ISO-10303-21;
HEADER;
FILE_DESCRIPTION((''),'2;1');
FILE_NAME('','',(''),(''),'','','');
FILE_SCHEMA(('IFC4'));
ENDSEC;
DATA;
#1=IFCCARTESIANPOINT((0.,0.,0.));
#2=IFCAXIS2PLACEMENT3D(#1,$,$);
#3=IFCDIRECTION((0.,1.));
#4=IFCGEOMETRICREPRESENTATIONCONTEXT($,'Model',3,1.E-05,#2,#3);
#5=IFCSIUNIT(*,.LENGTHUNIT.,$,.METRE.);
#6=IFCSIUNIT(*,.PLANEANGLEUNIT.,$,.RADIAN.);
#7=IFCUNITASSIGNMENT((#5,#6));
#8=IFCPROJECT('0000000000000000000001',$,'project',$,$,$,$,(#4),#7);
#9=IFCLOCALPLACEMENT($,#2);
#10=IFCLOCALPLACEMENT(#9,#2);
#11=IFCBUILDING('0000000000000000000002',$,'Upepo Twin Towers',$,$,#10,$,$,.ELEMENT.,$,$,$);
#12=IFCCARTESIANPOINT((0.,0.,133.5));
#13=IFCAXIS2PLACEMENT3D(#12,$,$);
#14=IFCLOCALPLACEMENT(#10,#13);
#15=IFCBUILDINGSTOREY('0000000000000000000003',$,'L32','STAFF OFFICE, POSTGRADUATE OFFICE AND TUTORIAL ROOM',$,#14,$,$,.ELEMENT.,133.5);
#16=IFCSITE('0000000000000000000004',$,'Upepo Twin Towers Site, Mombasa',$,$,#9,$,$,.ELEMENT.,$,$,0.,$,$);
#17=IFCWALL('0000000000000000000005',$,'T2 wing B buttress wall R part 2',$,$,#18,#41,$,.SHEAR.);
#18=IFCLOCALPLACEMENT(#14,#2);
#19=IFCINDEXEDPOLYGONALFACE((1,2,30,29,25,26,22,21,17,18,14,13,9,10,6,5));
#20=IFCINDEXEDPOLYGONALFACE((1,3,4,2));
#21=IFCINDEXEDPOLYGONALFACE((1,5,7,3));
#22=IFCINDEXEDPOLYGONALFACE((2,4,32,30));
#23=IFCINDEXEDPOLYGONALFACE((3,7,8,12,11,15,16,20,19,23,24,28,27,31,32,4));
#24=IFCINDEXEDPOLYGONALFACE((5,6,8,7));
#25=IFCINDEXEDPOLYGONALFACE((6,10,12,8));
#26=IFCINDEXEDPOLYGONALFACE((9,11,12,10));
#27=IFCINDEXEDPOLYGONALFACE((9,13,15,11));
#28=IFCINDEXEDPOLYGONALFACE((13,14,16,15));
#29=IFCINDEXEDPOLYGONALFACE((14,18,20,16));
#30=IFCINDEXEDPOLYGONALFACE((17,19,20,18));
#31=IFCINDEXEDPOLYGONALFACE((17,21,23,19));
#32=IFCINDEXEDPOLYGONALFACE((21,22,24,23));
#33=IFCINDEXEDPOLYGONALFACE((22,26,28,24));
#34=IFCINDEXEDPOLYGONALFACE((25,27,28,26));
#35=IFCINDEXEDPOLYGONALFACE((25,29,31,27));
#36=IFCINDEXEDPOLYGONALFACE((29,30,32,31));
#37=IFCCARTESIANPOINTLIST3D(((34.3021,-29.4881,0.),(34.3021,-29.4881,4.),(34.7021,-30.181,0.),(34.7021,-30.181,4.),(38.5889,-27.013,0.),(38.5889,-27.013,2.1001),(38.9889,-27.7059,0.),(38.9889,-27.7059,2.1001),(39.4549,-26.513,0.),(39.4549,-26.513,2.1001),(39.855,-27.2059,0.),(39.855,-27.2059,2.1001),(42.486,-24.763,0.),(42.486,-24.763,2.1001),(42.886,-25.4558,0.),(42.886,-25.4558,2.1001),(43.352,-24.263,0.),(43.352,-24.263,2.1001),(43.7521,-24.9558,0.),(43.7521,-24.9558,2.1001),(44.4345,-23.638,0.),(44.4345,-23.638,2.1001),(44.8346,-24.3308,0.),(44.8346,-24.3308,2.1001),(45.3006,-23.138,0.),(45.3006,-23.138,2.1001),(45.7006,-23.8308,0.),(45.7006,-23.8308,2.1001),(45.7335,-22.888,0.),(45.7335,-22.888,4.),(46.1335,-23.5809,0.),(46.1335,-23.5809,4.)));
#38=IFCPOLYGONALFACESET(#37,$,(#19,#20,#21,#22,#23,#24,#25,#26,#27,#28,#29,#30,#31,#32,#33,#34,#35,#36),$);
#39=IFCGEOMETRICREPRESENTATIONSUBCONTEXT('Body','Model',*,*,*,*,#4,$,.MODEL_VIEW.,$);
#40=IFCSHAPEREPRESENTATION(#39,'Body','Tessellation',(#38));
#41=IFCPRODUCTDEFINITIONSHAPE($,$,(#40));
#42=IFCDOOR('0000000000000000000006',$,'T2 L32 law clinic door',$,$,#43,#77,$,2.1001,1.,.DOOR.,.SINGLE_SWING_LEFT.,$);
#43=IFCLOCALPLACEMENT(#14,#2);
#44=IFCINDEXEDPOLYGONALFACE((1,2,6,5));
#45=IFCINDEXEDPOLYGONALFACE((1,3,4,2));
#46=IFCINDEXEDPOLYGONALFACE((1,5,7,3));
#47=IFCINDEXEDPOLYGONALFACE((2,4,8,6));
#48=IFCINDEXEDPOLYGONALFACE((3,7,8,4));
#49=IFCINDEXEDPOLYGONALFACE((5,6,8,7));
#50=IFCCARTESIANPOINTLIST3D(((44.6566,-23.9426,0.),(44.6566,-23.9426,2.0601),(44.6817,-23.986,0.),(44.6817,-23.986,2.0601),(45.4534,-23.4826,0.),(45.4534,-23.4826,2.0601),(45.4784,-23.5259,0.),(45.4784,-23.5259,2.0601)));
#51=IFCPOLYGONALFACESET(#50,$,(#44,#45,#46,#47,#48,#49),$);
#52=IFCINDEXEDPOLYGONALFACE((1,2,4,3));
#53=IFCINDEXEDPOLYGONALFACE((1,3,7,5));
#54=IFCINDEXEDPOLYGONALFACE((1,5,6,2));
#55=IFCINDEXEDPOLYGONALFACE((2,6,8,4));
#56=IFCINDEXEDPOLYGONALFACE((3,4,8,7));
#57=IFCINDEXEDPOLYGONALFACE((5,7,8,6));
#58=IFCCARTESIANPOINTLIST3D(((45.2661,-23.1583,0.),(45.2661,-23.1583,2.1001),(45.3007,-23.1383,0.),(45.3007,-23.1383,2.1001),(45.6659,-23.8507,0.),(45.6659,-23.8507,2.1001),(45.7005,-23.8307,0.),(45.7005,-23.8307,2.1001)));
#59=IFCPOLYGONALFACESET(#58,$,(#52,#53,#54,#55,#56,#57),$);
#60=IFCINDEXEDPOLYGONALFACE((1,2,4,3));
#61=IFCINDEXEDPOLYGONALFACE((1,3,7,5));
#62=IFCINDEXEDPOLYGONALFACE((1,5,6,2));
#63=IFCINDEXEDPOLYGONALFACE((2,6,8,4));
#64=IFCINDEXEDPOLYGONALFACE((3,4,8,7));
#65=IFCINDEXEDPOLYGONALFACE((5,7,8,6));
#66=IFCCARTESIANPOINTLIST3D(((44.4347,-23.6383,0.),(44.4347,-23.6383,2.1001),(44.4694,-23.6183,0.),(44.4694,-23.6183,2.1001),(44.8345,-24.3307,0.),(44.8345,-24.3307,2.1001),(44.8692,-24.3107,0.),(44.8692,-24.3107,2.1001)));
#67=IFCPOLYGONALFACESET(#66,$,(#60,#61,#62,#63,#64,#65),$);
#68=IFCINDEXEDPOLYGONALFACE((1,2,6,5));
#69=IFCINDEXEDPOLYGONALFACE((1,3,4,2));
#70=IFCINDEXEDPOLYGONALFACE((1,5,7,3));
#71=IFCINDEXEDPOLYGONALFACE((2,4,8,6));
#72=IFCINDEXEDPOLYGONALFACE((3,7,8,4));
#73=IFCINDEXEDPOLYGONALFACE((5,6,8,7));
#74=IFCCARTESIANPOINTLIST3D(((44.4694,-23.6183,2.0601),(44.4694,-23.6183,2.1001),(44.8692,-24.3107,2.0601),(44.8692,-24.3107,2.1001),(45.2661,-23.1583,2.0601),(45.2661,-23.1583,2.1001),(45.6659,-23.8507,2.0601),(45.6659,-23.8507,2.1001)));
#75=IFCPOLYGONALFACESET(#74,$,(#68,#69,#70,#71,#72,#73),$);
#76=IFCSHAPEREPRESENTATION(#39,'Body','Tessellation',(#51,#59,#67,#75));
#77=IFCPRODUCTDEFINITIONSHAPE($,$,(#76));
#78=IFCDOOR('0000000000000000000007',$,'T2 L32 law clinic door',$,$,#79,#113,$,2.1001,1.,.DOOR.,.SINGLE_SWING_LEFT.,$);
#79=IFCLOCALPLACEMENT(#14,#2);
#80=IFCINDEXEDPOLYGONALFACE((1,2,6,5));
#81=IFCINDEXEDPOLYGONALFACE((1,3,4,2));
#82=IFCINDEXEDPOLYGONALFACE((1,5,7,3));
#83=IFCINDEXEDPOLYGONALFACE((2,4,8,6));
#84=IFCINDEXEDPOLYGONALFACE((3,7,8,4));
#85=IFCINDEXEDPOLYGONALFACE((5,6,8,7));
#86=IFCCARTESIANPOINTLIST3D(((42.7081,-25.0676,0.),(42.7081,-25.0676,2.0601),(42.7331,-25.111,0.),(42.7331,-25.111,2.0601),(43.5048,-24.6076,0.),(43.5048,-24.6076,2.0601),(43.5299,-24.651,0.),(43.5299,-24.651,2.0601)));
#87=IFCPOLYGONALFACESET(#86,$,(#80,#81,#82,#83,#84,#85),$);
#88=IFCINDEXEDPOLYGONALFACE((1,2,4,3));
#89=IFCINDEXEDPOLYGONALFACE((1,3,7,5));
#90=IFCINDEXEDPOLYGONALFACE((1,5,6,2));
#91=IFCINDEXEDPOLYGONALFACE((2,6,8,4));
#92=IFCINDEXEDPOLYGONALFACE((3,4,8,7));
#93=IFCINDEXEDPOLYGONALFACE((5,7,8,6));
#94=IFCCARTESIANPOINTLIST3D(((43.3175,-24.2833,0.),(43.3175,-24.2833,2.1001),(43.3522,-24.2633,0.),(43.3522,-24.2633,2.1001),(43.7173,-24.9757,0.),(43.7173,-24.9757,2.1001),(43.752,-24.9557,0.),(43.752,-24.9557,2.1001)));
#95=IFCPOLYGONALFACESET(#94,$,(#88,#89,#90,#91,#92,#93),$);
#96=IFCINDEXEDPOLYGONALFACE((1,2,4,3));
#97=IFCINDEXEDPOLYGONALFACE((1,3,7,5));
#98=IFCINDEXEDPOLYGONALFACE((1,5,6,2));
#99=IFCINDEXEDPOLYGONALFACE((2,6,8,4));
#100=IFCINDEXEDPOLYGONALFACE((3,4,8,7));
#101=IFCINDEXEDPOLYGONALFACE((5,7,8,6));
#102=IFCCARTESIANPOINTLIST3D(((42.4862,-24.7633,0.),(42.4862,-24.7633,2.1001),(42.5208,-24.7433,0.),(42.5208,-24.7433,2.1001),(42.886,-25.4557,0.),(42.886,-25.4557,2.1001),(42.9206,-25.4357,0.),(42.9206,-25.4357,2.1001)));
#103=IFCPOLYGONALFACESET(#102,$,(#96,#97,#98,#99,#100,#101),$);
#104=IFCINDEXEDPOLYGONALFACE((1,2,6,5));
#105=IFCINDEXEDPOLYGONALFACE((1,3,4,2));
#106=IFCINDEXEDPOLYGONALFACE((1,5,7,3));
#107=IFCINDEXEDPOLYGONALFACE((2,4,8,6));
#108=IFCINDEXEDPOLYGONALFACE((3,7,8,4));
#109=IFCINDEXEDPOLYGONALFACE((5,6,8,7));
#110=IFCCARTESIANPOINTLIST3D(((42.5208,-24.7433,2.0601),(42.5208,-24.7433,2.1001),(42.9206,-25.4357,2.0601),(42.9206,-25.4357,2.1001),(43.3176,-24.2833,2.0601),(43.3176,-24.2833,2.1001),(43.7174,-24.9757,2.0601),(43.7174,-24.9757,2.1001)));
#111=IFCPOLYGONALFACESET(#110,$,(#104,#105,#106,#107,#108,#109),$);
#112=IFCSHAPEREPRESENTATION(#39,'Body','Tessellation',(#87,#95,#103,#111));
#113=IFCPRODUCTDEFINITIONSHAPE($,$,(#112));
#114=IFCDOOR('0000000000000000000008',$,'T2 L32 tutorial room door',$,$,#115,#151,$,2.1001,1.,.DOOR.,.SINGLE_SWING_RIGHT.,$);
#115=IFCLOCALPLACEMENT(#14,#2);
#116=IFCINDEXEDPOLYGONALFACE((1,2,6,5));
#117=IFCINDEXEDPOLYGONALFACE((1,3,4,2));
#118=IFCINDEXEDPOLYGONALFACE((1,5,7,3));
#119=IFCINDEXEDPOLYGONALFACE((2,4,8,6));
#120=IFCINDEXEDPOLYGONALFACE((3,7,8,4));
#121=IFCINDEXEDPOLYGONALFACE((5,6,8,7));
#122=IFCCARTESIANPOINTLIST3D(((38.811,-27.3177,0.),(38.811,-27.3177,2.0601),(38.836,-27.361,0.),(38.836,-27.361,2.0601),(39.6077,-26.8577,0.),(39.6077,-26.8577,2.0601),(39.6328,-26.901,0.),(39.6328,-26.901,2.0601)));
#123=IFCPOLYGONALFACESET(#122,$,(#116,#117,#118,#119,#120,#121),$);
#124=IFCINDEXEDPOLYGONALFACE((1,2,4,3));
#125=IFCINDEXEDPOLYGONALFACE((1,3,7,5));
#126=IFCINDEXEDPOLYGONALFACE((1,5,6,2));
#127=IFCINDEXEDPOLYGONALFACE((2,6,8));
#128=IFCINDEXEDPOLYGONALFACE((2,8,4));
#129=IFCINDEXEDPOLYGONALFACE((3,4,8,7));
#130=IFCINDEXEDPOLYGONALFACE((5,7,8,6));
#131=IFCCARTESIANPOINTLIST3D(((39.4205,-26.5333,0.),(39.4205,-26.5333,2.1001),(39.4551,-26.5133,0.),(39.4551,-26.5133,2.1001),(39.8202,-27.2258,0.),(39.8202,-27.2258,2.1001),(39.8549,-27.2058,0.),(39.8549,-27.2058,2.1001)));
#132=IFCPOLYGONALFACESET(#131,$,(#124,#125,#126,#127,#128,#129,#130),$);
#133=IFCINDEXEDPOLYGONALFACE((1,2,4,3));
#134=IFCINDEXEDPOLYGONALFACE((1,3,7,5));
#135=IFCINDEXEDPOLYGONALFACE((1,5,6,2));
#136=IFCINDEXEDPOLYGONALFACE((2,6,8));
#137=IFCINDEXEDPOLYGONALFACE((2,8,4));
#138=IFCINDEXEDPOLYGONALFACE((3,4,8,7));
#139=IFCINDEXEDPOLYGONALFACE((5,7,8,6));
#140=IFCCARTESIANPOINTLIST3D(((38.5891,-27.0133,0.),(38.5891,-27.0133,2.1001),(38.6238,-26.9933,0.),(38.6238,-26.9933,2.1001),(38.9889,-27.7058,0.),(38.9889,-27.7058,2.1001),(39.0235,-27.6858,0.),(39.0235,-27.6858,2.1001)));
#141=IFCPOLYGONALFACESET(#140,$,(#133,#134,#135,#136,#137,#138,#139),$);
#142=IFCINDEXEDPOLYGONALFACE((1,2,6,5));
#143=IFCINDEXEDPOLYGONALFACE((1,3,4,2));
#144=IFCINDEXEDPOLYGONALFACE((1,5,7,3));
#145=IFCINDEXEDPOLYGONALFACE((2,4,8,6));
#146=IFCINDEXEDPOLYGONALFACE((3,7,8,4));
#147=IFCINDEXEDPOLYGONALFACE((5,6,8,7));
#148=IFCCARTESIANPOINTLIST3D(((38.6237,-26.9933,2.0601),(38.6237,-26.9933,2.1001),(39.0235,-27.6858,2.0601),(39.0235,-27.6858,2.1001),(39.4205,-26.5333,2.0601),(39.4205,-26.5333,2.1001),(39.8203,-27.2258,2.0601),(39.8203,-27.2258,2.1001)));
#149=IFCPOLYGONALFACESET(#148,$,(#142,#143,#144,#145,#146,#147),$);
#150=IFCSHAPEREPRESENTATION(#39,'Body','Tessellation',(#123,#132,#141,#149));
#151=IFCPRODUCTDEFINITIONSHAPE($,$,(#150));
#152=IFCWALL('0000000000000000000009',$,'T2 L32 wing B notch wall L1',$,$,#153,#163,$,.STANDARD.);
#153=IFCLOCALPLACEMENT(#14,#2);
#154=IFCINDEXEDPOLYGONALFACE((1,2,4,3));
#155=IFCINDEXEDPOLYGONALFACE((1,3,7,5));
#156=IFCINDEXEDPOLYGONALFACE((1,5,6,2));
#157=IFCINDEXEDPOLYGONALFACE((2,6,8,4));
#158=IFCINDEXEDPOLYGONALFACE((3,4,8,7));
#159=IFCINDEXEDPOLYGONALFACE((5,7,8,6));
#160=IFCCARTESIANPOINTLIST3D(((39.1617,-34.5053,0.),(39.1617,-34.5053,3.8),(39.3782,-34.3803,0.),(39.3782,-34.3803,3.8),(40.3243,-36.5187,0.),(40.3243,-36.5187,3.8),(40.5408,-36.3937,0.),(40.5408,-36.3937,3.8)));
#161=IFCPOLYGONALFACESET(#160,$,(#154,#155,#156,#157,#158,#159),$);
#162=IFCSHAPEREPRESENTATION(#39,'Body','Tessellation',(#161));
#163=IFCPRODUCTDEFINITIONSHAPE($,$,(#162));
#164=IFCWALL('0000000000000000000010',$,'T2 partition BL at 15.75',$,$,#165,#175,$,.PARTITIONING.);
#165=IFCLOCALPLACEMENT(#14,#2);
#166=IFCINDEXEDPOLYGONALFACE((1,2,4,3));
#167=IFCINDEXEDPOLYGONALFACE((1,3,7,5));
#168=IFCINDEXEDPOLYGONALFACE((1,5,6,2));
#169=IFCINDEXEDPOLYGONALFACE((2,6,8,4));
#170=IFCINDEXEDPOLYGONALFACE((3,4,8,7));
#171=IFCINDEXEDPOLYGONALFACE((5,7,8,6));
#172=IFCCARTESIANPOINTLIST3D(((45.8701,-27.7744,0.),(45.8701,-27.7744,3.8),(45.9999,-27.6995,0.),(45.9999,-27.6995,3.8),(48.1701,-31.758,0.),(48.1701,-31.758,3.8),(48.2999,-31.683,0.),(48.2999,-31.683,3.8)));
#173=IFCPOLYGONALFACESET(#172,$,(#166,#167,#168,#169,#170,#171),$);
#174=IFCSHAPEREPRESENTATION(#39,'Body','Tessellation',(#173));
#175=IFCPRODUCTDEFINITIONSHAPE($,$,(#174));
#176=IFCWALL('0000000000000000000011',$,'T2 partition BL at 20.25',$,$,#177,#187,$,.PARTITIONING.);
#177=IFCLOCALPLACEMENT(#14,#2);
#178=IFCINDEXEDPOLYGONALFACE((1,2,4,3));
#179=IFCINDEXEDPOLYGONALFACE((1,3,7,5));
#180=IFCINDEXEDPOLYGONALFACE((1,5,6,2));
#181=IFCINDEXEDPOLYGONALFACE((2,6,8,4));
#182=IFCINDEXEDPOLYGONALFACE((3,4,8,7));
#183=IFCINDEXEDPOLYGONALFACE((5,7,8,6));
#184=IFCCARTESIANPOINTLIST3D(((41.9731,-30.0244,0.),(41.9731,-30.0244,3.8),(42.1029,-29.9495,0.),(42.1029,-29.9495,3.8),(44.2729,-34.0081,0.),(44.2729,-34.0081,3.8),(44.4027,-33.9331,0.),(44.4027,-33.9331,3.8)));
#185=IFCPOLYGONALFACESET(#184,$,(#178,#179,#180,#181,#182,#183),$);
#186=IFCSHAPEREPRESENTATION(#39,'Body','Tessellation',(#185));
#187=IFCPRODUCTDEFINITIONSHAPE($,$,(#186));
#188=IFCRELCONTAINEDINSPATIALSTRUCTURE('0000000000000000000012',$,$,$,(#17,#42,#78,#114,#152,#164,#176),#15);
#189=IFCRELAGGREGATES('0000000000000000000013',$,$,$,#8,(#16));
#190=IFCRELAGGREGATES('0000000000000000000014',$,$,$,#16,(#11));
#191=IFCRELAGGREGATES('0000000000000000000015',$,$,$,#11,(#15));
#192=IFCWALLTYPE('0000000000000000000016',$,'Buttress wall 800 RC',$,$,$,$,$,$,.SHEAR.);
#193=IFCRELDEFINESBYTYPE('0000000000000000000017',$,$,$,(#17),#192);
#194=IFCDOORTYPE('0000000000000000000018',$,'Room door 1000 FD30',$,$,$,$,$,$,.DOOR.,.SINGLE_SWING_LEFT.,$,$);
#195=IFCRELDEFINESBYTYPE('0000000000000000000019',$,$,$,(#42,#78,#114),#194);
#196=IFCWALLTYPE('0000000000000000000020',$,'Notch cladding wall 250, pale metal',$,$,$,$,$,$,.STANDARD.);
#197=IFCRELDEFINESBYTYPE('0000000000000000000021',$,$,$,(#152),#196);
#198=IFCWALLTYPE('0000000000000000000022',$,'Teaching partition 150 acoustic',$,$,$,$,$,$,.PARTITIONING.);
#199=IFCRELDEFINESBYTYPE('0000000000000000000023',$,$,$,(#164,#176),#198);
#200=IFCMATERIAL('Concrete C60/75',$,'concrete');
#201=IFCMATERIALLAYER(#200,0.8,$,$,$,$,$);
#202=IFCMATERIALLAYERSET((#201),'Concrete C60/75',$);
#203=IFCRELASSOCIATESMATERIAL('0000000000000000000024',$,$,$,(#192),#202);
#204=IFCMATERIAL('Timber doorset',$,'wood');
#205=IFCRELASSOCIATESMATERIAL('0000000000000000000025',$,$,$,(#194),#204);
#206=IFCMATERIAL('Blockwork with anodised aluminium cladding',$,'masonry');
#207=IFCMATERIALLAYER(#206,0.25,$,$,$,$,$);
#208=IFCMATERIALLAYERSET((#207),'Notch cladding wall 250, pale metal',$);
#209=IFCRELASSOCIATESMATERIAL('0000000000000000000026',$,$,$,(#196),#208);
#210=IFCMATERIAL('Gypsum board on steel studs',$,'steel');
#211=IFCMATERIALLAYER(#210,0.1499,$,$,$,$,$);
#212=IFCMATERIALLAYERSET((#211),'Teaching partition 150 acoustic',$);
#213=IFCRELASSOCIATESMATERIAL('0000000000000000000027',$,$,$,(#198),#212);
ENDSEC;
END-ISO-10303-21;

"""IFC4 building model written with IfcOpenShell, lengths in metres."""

from ifc_helpers import new_model, si_unit, direction, frame, frame_2d, origin, place, context, subcontext, project, spatial, rectangle, extrude, material, layer, layer_set, type_object, element, fill, save


model = new_model("IFC4")

# Units and contexts
model_context = context("Model", 3, precision=1e-05, world=origin(), true_north=direction((0.0, 1.0)))
body_context = subcontext(model_context, "Body", "Model", "MODEL_VIEW")
ifc_project = project(units=[si_unit("LENGTHUNIT", "METRE"), si_unit("PLANEANGLEUNIT", "RADIAN")], contexts=[model_context])

# Site, building, storey
site_placement = place(None, origin())
site = spatial("IfcSite", under=ifc_project, at=site_placement, Name="Upepo Twin Towers Site, Mombasa", CompositionType="ELEMENT", RefElevation=0.0)
building_placement = place(site_placement, origin())
building = spatial("IfcBuilding", under=site, at=building_placement, Name="Upepo Twin Towers", CompositionType="ELEMENT")
storey_placement = place(building_placement, frame((0.0, 0.0, 133.5)))
storey = spatial("IfcBuildingStorey", under=building, at=storey_placement, Name="L32", Description="STAFF OFFICE, POSTGRADUATE OFFICE AND TUTORIAL ROOM", CompositionType="ELEMENT", Elevation=133.5)

# Wall, openings, doors
ifc_material_1 = material(Name="Concrete C60/75", Category="concrete")
ifc_layer_1 = layer(ifc_material_1, 0.8)
ifc_layer_set_1 = layer_set([ifc_layer_1], Name="Concrete C60/75")
wall_type_1 = type_object("IfcWallType", Name="Buttress wall 800 RC", PredefinedType="SHEAR", material=ifc_layer_set_1)
wall_1_placement = place(storey_placement, frame((45.9336, -23.2344, 0.0), z_axis=(0.0, 0.0, 1.0), x_axis=(-0.86602, -0.50001, 0.0)))
wall_1 = element("IfcWall", 1, at=wall_1_placement, inside=storey, type_object=wall_type_1, Name="T2 wing B buttress wall R part 2", PredefinedType="SHEAR", context=body_context, shape_type="SweptSolid", body=[
    extrude(rectangle(XDim=13.2, YDim=0.8, at=frame_2d((6.6001, 0.0))), origin(), (0.0, 0.0, 1.0), 4.0),
])
opening_1_placement = place(wall_1_placement, frame((0.5, 0.0, 0.0)))
opening_1 = element("IfcOpeningElement", 2, at=opening_1_placement, cuts=wall_1, PredefinedType="OPENING", context=body_context, shape_type="SweptSolid", body=[
    extrude(rectangle(XDim=1.0, YDim=2.1001, at=frame_2d((0.5, 1.05))), frame((0.0, 0.4099, 0.0), z_axis=(0.0, -1.0, 0.0), x_axis=(1.0, 0.0, 0.0)), (0.0, 0.0, 1.0), 0.8201),
])
opening_2_placement = place(wall_1_placement, frame((2.75, 0.0, 0.0)))
opening_2 = element("IfcOpeningElement", 3, at=opening_2_placement, cuts=wall_1, PredefinedType="OPENING", context=body_context, shape_type="SweptSolid", body=[
    extrude(rectangle(XDim=1.0, YDim=2.1001, at=frame_2d((0.5, 1.05))), frame((0.0, 0.4099, 0.0), z_axis=(0.0, -1.0, 0.0), x_axis=(1.0, 0.0, 0.0)), (0.0, 0.0, 1.0), 0.8201),
])
opening_3_placement = place(wall_1_placement, frame((7.25, 0.0, 0.0)))
opening_3 = element("IfcOpeningElement", 4, at=opening_3_placement, cuts=wall_1, PredefinedType="OPENING", context=body_context, shape_type="SweptSolid", body=[
    extrude(rectangle(XDim=1.0, YDim=2.1001, at=frame_2d((0.5, 1.05))), frame((0.0, 0.4099, 0.0), z_axis=(0.0, -1.0, 0.0), x_axis=(1.0, 0.0, 0.0)), (0.0, 0.0, 1.0), 0.8201),
])
ifc_material_2 = material(Name="Timber doorset", Category="wood")
door_type = type_object("IfcDoorType", Name="Room door 1000 FD30", OperationType="SINGLE_SWING_LEFT", PredefinedType="DOOR", material=ifc_material_2)
door_1_placement = place(opening_1_placement, origin())
door_1 = element("IfcDoor", 5, at=door_1_placement, inside=storey, type_object=door_type, Name="T2 L32 law clinic door", OperationType="SINGLE_SWING_LEFT", OverallHeight=2.1001, OverallWidth=1.0, PredefinedType="DOOR", context=body_context, shape_type="SweptSolid", body=[
    extrude(rectangle(XDim=0.92, YDim=2.0601, at=frame_2d((0.5, 1.03))), frame((0.0, 0.0249, 0.0), z_axis=(0.0, -1.0, 0.0), x_axis=(1.0, 0.0, 0.0)), (0.0, 0.0, 1.0), 0.05),
    extrude(rectangle(XDim=0.04, YDim=2.1001, at=frame_2d((0.02, 1.05))), frame((0.0, 0.3999, 0.0), z_axis=(0.0, -1.0, 0.0), x_axis=(1.0, 0.0, 0.0)), (0.0, 0.0, 1.0), 0.7996),
    extrude(rectangle(XDim=0.04, YDim=2.1001, at=frame_2d((0.98, 1.05))), frame((0.0, 0.3999, 0.0), z_axis=(0.0, -1.0, 0.0), x_axis=(1.0, 0.0, 0.0)), (0.0, 0.0, 1.0), 0.7996),
    extrude(rectangle(XDim=0.92, YDim=0.04, at=frame_2d((0.5, 2.0801))), frame((0.0, 0.3999, 0.0), z_axis=(0.0, -1.0, 0.0), x_axis=(1.0, 0.0, 0.0)), (0.0, 0.0, 1.0), 0.7996),
])
fill(opening_1, door_1)
door_2_placement = place(opening_2_placement, origin())
door_2 = element("IfcDoor", 6, at=door_2_placement, inside=storey, type_object=door_type, Name="T2 L32 law clinic door", OperationType="SINGLE_SWING_LEFT", OverallHeight=2.1001, OverallWidth=1.0, PredefinedType="DOOR", context=body_context, shape_type="SweptSolid", body=[
    extrude(rectangle(XDim=0.92, YDim=2.0601, at=frame_2d((0.5, 1.03))), frame((0.0, 0.0249, 0.0), z_axis=(0.0, -1.0, 0.0), x_axis=(1.0, 0.0, 0.0)), (0.0, 0.0, 1.0), 0.05),
    extrude(rectangle(XDim=0.04, YDim=2.1001, at=frame_2d((0.02, 1.05))), frame((0.0, 0.3999, 0.0), z_axis=(0.0, -1.0, 0.0), x_axis=(1.0, 0.0, 0.0)), (0.0, 0.0, 1.0), 0.7996),
    extrude(rectangle(XDim=0.04, YDim=2.1001, at=frame_2d((0.98, 1.05))), frame((0.0, 0.3999, 0.0), z_axis=(0.0, -1.0, 0.0), x_axis=(1.0, 0.0, 0.0)), (0.0, 0.0, 1.0), 0.7996),
    extrude(rectangle(XDim=0.92, YDim=0.04, at=frame_2d((0.5, 2.0801))), frame((0.0, 0.3999, 0.0), z_axis=(0.0, -1.0, 0.0), x_axis=(1.0, 0.0, 0.0)), (0.0, 0.0, 1.0), 0.7996),
])
fill(opening_2, door_2)
door_3_placement = place(opening_3_placement, origin())
door_3 = element("IfcDoor", 7, at=door_3_placement, inside=storey, type_object=door_type, Name="T2 L32 tutorial room door", OperationType="SINGLE_SWING_RIGHT", OverallHeight=2.1001, OverallWidth=1.0, PredefinedType="DOOR", context=body_context, shape_type="SweptSolid", body=[
    extrude(rectangle(XDim=0.92, YDim=2.0601, at=frame_2d((0.5, 1.03))), frame((0.0, 0.0249, 0.0), z_axis=(0.0, -1.0, 0.0), x_axis=(1.0, 0.0, 0.0)), (0.0, 0.0, 1.0), 0.05),
    extrude(rectangle(XDim=0.04, YDim=2.1001, at=frame_2d((0.02, 1.05))), frame((0.0, 0.3999, 0.0), z_axis=(0.0, -1.0, 0.0), x_axis=(1.0, 0.0, 0.0)), (0.0, 0.0, 1.0), 0.7996),
    extrude(rectangle(XDim=0.04, YDim=2.1001, at=frame_2d((0.98, 1.05))), frame((0.0, 0.3999, 0.0), z_axis=(0.0, -1.0, 0.0), x_axis=(1.0, 0.0, 0.0)), (0.0, 0.0, 1.0), 0.7996),
    extrude(rectangle(XDim=0.92, YDim=0.04, at=frame_2d((0.5, 2.0801))), frame((0.0, 0.3999, 0.0), z_axis=(0.0, -1.0, 0.0), x_axis=(1.0, 0.0, 0.0)), (0.0, 0.0, 1.0), 0.7996),
])
fill(opening_3, door_3)

# Walls
ifc_material_3 = material(Name="Blockwork with anodised aluminium cladding", Category="masonry")
ifc_layer_2 = layer(ifc_material_3, 0.25)
ifc_layer_set_2 = layer_set([ifc_layer_2], Name="Notch cladding wall 250, pale metal")
wall_type_2 = type_object("IfcWallType", Name="Notch cladding wall 250, pale metal", PredefinedType="STANDARD", material=ifc_layer_set_2)
wall_2_placement = place(storey_placement, frame((40.4326, -36.4563, 0.0), z_axis=(0.0, 0.0, 1.0), x_axis=(-0.500047, 0.865998, 0.0)))
element("IfcWall", 8, at=wall_2_placement, inside=storey, type_object=wall_type_2, Name="T2 L32 wing B notch wall L1", PredefinedType="STANDARD", context=body_context, shape_type="SweptSolid", body=[
    extrude(rectangle(XDim=2.325, YDim=0.25, at=frame_2d((1.1626, 0.0))), origin(), (0.0, 0.0, 1.0), 3.8),
])
ifc_material_4 = material(Name="Gypsum board on steel studs", Category="steel")
ifc_layer_3 = layer(ifc_material_4, 0.1499)
ifc_layer_set_3 = layer_set([ifc_layer_3], Name="Teaching partition 150 acoustic")
wall_type_3 = type_object("IfcWallType", Name="Teaching partition 150 acoustic", PredefinedType="PARTITIONING", material=ifc_layer_set_3)
for number, where, z_axis, x_axis, name in (
    (9, (45.9351, -27.7371, 0.0), (0.0, 0.0, 1.0), (0.500015, -0.866017, 0.0), "T2 partition BL at 15.75"),
    (10, (42.0381, -29.9871, 0.0), (0.0, 0.0, 1.0), (0.499975, -0.86604, 0.0), "T2 partition BL at 20.25"),
):
    element("IfcWall", number, at=place(storey_placement, frame(where, z_axis=z_axis, x_axis=x_axis)), inside=storey, type_object=wall_type_3, Name=name, PredefinedType="PARTITIONING", context=body_context, shape_type="SweptSolid", body=[
        extrude(rectangle(XDim=4.5999, YDim=0.1499, at=frame_2d((2.2998, 0.0))), origin(), (0.0, 0.0, 1.0), 3.8),
    ])

save(model, "model.ifc")
